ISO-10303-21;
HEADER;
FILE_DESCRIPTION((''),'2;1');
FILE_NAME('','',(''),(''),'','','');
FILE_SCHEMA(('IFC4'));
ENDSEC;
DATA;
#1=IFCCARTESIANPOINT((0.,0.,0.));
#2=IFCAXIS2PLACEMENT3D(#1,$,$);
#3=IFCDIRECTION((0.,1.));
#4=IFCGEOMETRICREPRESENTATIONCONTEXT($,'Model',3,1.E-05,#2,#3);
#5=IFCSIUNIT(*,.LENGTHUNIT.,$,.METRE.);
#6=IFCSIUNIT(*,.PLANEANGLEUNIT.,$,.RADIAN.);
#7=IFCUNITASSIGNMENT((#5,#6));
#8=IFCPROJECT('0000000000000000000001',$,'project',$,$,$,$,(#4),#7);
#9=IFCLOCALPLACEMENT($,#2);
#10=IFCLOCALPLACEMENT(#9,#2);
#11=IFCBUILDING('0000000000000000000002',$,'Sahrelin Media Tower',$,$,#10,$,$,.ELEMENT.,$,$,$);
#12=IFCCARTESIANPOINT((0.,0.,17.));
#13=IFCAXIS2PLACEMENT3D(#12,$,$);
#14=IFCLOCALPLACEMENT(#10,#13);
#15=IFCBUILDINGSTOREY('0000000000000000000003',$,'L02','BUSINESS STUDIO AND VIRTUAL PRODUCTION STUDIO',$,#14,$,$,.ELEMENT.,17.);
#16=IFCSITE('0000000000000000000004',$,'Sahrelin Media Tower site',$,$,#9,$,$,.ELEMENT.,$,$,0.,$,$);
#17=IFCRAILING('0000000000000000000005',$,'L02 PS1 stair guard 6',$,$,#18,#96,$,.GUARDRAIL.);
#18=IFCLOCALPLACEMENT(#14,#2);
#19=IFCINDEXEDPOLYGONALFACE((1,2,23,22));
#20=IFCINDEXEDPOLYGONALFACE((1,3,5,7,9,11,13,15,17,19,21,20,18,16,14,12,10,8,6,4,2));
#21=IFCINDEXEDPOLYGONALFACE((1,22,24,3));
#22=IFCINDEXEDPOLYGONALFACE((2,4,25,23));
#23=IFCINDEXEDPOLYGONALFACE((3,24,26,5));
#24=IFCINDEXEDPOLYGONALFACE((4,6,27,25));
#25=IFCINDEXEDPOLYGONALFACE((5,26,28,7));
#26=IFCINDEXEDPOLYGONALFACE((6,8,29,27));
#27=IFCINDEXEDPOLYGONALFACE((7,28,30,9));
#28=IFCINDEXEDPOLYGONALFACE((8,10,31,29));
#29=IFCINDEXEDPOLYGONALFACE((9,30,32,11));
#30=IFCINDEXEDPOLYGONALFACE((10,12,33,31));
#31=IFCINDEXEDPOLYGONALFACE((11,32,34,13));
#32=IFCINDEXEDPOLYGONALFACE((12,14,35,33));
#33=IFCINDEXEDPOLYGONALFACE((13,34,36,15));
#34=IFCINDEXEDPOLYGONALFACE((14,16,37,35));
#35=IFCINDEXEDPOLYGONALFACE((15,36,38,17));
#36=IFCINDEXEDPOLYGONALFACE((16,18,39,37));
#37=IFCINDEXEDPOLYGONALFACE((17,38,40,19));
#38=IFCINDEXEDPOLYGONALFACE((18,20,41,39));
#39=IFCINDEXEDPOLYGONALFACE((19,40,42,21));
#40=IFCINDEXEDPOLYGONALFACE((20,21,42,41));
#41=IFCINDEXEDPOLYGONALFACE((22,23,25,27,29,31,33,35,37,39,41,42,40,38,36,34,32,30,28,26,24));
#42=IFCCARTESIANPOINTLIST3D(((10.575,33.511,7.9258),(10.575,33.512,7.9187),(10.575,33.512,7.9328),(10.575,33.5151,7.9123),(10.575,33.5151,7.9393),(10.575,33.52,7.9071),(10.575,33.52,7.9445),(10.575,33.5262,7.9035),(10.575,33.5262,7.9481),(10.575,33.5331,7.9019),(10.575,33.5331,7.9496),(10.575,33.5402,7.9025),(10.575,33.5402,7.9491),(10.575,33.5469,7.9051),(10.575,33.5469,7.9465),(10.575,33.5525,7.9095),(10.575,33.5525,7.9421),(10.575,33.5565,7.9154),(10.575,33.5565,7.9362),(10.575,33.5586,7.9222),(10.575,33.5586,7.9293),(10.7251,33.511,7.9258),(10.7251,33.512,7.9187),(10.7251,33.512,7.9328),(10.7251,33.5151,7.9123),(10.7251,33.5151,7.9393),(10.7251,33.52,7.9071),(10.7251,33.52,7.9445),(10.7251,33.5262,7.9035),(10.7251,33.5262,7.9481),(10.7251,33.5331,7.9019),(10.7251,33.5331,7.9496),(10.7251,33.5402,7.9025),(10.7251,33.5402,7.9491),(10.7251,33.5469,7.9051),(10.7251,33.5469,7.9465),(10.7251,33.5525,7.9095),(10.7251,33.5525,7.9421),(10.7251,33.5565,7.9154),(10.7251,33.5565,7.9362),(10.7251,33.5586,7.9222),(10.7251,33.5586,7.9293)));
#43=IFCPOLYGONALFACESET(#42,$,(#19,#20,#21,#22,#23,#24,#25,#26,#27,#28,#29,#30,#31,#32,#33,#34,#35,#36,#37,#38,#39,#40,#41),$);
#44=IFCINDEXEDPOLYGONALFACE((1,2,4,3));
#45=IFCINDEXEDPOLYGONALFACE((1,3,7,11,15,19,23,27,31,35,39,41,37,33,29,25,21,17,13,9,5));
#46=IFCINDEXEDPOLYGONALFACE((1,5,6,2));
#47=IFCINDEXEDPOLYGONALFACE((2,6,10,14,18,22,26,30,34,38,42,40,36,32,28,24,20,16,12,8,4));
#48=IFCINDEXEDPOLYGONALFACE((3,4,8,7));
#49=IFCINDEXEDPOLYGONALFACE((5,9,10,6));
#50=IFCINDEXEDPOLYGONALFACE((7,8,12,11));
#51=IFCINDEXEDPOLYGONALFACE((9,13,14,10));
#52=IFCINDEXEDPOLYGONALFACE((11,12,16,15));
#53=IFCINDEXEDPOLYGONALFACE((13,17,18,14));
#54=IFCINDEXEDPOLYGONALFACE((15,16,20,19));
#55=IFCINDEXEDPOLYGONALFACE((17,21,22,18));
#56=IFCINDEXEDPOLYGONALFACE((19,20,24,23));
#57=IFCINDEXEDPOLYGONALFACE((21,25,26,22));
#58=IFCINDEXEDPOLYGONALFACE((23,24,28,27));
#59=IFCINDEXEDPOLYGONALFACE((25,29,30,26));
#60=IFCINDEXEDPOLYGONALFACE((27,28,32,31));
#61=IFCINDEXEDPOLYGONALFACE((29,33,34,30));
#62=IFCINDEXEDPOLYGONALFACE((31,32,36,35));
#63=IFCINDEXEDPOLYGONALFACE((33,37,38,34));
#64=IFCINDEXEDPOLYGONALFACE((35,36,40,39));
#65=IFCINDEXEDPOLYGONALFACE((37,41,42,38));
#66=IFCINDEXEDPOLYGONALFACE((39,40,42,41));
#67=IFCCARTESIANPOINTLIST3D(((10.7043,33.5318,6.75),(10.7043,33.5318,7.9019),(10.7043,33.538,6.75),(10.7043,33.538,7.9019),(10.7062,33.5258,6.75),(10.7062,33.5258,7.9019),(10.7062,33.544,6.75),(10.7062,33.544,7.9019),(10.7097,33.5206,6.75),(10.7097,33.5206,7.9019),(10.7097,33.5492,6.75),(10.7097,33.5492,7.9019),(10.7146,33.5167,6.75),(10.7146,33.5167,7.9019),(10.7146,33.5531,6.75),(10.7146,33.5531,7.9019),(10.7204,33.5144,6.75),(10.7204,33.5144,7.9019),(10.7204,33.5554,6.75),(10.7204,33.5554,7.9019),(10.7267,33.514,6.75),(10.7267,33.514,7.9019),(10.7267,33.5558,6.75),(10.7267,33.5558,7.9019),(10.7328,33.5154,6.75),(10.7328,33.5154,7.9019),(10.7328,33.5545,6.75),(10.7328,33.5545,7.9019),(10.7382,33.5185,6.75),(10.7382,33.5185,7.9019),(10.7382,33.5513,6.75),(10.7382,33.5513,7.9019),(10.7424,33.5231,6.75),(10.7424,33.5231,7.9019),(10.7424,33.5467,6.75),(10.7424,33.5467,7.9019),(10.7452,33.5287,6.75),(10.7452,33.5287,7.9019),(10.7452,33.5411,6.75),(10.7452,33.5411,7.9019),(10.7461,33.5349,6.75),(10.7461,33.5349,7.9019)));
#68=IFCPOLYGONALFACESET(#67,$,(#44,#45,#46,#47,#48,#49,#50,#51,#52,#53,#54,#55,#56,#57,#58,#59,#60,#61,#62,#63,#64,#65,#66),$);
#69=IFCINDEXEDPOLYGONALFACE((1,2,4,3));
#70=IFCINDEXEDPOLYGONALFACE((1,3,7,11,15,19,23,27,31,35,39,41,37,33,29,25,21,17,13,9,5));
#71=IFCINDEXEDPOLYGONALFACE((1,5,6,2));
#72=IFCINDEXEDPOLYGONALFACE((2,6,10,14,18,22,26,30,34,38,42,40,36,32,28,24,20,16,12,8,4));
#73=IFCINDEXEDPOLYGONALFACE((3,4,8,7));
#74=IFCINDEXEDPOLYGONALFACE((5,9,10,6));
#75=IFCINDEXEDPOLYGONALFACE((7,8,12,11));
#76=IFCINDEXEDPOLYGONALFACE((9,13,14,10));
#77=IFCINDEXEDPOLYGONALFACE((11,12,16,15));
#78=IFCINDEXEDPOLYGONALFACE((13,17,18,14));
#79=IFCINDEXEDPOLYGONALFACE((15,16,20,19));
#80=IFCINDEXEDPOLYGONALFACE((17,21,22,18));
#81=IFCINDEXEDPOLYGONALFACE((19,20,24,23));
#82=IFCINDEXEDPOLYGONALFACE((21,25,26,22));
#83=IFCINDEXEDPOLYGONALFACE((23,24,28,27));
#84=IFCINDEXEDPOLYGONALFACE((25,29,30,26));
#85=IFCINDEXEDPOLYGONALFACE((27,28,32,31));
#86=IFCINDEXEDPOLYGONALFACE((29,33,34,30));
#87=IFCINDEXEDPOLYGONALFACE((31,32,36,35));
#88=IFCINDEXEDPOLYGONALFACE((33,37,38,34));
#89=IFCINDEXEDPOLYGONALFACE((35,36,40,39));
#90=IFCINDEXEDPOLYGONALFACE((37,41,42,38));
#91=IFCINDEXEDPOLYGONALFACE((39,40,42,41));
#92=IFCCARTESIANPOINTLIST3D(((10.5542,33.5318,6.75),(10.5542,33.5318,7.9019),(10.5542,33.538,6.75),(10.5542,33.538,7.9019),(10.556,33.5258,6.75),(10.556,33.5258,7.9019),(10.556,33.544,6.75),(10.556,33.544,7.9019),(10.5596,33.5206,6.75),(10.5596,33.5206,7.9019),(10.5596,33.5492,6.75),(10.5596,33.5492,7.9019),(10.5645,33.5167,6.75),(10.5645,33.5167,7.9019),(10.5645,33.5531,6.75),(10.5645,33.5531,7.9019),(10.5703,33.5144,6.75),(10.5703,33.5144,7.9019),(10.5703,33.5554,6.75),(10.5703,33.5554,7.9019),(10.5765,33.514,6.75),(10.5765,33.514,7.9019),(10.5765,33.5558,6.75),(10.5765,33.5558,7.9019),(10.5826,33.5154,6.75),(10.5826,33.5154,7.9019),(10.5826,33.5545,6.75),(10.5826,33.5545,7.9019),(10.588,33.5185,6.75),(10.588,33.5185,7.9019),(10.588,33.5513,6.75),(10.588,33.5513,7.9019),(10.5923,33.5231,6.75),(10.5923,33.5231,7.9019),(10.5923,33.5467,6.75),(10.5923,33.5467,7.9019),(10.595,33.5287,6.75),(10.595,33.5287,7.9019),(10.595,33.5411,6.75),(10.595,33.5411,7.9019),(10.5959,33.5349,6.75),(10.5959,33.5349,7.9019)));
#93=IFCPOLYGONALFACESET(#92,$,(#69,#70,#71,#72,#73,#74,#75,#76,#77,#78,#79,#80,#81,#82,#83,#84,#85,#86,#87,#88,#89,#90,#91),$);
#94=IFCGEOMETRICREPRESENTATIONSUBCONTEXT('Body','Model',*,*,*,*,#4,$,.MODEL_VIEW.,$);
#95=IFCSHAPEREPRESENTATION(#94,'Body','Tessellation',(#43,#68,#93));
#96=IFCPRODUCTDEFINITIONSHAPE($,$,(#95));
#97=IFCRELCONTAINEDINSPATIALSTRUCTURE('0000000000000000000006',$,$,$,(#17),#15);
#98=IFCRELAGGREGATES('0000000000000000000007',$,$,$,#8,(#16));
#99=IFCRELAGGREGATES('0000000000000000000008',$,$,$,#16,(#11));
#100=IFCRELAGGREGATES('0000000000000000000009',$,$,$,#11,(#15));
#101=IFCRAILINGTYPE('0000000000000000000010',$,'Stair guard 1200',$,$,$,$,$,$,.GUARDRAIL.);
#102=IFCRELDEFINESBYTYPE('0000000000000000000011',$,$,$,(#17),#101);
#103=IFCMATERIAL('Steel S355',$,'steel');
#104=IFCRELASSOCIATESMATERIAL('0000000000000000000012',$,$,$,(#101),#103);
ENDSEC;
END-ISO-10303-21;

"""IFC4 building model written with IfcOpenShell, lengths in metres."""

from ifc_helpers import new_model, si_unit, direction, frame, origin, origin_2d, place, context, subcontext, project, spatial, circle, extrude, material, type_object, element, save


model = new_model("IFC4")

# Units and contexts
model_context = context("Model", 3, precision=1e-05, world=origin(), true_north=direction((0.0, 1.0)))
body_context = subcontext(model_context, "Body", "Model", "MODEL_VIEW")
ifc_project = project(units=[si_unit("LENGTHUNIT", "METRE"), si_unit("PLANEANGLEUNIT", "RADIAN")], contexts=[model_context])

# Site, building, storey
site_placement = place(None, origin())
site = spatial("IfcSite", under=ifc_project, at=site_placement, Name="Sahrelin Media Tower site", CompositionType="ELEMENT", RefElevation=0.0)
building_placement = place(site_placement, origin())
building = spatial("IfcBuilding", under=site, at=building_placement, Name="Sahrelin Media Tower", CompositionType="ELEMENT")
storey_placement = place(building_placement, frame((0.0, 0.0, 17.0)))
storey = spatial("IfcBuildingStorey", under=building, at=storey_placement, Name="L02", Description="BUSINESS STUDIO AND VIRTUAL PRODUCTION STUDIO", CompositionType="ELEMENT", Elevation=17.0)

# Shared definitions
ifc_material_1 = material(Name="Steel S355", Category="steel")

# Railing
railing_type = type_object("IfcRailingType", Name="Stair guard 1200", PredefinedType="GUARDRAIL", material=ifc_material_1)
railing_1_placement = place(storey_placement, frame((10.7251, 33.5349, 6.75)))
element("IfcRailing", 1, at=railing_1_placement, inside=storey, type_object=railing_type, Name="L02 PS1 stair guard 6", PredefinedType="GUARDRAIL", context=body_context, shape_type="SweptSolid", body=[
    extrude(circle(Radius=0.0239, at=origin_2d()), frame((0.0, 0.0, 1.1758), z_axis=(-1.0, 0.0, 0.0), x_axis=(0.0, -1.0, 0.0)), (0.0, 0.0, 1.0), 0.1501),
    extrude(circle(Radius=0.021, at=origin_2d()), origin(), (0.0, 0.0, 1.0), 1.1519),
    extrude(circle(Radius=0.021, at=origin_2d()), frame((-0.1501, 0.0, 0.0)), (0.0, 0.0, 1.0), 1.1519),
])

save(model, "model.ifc")
